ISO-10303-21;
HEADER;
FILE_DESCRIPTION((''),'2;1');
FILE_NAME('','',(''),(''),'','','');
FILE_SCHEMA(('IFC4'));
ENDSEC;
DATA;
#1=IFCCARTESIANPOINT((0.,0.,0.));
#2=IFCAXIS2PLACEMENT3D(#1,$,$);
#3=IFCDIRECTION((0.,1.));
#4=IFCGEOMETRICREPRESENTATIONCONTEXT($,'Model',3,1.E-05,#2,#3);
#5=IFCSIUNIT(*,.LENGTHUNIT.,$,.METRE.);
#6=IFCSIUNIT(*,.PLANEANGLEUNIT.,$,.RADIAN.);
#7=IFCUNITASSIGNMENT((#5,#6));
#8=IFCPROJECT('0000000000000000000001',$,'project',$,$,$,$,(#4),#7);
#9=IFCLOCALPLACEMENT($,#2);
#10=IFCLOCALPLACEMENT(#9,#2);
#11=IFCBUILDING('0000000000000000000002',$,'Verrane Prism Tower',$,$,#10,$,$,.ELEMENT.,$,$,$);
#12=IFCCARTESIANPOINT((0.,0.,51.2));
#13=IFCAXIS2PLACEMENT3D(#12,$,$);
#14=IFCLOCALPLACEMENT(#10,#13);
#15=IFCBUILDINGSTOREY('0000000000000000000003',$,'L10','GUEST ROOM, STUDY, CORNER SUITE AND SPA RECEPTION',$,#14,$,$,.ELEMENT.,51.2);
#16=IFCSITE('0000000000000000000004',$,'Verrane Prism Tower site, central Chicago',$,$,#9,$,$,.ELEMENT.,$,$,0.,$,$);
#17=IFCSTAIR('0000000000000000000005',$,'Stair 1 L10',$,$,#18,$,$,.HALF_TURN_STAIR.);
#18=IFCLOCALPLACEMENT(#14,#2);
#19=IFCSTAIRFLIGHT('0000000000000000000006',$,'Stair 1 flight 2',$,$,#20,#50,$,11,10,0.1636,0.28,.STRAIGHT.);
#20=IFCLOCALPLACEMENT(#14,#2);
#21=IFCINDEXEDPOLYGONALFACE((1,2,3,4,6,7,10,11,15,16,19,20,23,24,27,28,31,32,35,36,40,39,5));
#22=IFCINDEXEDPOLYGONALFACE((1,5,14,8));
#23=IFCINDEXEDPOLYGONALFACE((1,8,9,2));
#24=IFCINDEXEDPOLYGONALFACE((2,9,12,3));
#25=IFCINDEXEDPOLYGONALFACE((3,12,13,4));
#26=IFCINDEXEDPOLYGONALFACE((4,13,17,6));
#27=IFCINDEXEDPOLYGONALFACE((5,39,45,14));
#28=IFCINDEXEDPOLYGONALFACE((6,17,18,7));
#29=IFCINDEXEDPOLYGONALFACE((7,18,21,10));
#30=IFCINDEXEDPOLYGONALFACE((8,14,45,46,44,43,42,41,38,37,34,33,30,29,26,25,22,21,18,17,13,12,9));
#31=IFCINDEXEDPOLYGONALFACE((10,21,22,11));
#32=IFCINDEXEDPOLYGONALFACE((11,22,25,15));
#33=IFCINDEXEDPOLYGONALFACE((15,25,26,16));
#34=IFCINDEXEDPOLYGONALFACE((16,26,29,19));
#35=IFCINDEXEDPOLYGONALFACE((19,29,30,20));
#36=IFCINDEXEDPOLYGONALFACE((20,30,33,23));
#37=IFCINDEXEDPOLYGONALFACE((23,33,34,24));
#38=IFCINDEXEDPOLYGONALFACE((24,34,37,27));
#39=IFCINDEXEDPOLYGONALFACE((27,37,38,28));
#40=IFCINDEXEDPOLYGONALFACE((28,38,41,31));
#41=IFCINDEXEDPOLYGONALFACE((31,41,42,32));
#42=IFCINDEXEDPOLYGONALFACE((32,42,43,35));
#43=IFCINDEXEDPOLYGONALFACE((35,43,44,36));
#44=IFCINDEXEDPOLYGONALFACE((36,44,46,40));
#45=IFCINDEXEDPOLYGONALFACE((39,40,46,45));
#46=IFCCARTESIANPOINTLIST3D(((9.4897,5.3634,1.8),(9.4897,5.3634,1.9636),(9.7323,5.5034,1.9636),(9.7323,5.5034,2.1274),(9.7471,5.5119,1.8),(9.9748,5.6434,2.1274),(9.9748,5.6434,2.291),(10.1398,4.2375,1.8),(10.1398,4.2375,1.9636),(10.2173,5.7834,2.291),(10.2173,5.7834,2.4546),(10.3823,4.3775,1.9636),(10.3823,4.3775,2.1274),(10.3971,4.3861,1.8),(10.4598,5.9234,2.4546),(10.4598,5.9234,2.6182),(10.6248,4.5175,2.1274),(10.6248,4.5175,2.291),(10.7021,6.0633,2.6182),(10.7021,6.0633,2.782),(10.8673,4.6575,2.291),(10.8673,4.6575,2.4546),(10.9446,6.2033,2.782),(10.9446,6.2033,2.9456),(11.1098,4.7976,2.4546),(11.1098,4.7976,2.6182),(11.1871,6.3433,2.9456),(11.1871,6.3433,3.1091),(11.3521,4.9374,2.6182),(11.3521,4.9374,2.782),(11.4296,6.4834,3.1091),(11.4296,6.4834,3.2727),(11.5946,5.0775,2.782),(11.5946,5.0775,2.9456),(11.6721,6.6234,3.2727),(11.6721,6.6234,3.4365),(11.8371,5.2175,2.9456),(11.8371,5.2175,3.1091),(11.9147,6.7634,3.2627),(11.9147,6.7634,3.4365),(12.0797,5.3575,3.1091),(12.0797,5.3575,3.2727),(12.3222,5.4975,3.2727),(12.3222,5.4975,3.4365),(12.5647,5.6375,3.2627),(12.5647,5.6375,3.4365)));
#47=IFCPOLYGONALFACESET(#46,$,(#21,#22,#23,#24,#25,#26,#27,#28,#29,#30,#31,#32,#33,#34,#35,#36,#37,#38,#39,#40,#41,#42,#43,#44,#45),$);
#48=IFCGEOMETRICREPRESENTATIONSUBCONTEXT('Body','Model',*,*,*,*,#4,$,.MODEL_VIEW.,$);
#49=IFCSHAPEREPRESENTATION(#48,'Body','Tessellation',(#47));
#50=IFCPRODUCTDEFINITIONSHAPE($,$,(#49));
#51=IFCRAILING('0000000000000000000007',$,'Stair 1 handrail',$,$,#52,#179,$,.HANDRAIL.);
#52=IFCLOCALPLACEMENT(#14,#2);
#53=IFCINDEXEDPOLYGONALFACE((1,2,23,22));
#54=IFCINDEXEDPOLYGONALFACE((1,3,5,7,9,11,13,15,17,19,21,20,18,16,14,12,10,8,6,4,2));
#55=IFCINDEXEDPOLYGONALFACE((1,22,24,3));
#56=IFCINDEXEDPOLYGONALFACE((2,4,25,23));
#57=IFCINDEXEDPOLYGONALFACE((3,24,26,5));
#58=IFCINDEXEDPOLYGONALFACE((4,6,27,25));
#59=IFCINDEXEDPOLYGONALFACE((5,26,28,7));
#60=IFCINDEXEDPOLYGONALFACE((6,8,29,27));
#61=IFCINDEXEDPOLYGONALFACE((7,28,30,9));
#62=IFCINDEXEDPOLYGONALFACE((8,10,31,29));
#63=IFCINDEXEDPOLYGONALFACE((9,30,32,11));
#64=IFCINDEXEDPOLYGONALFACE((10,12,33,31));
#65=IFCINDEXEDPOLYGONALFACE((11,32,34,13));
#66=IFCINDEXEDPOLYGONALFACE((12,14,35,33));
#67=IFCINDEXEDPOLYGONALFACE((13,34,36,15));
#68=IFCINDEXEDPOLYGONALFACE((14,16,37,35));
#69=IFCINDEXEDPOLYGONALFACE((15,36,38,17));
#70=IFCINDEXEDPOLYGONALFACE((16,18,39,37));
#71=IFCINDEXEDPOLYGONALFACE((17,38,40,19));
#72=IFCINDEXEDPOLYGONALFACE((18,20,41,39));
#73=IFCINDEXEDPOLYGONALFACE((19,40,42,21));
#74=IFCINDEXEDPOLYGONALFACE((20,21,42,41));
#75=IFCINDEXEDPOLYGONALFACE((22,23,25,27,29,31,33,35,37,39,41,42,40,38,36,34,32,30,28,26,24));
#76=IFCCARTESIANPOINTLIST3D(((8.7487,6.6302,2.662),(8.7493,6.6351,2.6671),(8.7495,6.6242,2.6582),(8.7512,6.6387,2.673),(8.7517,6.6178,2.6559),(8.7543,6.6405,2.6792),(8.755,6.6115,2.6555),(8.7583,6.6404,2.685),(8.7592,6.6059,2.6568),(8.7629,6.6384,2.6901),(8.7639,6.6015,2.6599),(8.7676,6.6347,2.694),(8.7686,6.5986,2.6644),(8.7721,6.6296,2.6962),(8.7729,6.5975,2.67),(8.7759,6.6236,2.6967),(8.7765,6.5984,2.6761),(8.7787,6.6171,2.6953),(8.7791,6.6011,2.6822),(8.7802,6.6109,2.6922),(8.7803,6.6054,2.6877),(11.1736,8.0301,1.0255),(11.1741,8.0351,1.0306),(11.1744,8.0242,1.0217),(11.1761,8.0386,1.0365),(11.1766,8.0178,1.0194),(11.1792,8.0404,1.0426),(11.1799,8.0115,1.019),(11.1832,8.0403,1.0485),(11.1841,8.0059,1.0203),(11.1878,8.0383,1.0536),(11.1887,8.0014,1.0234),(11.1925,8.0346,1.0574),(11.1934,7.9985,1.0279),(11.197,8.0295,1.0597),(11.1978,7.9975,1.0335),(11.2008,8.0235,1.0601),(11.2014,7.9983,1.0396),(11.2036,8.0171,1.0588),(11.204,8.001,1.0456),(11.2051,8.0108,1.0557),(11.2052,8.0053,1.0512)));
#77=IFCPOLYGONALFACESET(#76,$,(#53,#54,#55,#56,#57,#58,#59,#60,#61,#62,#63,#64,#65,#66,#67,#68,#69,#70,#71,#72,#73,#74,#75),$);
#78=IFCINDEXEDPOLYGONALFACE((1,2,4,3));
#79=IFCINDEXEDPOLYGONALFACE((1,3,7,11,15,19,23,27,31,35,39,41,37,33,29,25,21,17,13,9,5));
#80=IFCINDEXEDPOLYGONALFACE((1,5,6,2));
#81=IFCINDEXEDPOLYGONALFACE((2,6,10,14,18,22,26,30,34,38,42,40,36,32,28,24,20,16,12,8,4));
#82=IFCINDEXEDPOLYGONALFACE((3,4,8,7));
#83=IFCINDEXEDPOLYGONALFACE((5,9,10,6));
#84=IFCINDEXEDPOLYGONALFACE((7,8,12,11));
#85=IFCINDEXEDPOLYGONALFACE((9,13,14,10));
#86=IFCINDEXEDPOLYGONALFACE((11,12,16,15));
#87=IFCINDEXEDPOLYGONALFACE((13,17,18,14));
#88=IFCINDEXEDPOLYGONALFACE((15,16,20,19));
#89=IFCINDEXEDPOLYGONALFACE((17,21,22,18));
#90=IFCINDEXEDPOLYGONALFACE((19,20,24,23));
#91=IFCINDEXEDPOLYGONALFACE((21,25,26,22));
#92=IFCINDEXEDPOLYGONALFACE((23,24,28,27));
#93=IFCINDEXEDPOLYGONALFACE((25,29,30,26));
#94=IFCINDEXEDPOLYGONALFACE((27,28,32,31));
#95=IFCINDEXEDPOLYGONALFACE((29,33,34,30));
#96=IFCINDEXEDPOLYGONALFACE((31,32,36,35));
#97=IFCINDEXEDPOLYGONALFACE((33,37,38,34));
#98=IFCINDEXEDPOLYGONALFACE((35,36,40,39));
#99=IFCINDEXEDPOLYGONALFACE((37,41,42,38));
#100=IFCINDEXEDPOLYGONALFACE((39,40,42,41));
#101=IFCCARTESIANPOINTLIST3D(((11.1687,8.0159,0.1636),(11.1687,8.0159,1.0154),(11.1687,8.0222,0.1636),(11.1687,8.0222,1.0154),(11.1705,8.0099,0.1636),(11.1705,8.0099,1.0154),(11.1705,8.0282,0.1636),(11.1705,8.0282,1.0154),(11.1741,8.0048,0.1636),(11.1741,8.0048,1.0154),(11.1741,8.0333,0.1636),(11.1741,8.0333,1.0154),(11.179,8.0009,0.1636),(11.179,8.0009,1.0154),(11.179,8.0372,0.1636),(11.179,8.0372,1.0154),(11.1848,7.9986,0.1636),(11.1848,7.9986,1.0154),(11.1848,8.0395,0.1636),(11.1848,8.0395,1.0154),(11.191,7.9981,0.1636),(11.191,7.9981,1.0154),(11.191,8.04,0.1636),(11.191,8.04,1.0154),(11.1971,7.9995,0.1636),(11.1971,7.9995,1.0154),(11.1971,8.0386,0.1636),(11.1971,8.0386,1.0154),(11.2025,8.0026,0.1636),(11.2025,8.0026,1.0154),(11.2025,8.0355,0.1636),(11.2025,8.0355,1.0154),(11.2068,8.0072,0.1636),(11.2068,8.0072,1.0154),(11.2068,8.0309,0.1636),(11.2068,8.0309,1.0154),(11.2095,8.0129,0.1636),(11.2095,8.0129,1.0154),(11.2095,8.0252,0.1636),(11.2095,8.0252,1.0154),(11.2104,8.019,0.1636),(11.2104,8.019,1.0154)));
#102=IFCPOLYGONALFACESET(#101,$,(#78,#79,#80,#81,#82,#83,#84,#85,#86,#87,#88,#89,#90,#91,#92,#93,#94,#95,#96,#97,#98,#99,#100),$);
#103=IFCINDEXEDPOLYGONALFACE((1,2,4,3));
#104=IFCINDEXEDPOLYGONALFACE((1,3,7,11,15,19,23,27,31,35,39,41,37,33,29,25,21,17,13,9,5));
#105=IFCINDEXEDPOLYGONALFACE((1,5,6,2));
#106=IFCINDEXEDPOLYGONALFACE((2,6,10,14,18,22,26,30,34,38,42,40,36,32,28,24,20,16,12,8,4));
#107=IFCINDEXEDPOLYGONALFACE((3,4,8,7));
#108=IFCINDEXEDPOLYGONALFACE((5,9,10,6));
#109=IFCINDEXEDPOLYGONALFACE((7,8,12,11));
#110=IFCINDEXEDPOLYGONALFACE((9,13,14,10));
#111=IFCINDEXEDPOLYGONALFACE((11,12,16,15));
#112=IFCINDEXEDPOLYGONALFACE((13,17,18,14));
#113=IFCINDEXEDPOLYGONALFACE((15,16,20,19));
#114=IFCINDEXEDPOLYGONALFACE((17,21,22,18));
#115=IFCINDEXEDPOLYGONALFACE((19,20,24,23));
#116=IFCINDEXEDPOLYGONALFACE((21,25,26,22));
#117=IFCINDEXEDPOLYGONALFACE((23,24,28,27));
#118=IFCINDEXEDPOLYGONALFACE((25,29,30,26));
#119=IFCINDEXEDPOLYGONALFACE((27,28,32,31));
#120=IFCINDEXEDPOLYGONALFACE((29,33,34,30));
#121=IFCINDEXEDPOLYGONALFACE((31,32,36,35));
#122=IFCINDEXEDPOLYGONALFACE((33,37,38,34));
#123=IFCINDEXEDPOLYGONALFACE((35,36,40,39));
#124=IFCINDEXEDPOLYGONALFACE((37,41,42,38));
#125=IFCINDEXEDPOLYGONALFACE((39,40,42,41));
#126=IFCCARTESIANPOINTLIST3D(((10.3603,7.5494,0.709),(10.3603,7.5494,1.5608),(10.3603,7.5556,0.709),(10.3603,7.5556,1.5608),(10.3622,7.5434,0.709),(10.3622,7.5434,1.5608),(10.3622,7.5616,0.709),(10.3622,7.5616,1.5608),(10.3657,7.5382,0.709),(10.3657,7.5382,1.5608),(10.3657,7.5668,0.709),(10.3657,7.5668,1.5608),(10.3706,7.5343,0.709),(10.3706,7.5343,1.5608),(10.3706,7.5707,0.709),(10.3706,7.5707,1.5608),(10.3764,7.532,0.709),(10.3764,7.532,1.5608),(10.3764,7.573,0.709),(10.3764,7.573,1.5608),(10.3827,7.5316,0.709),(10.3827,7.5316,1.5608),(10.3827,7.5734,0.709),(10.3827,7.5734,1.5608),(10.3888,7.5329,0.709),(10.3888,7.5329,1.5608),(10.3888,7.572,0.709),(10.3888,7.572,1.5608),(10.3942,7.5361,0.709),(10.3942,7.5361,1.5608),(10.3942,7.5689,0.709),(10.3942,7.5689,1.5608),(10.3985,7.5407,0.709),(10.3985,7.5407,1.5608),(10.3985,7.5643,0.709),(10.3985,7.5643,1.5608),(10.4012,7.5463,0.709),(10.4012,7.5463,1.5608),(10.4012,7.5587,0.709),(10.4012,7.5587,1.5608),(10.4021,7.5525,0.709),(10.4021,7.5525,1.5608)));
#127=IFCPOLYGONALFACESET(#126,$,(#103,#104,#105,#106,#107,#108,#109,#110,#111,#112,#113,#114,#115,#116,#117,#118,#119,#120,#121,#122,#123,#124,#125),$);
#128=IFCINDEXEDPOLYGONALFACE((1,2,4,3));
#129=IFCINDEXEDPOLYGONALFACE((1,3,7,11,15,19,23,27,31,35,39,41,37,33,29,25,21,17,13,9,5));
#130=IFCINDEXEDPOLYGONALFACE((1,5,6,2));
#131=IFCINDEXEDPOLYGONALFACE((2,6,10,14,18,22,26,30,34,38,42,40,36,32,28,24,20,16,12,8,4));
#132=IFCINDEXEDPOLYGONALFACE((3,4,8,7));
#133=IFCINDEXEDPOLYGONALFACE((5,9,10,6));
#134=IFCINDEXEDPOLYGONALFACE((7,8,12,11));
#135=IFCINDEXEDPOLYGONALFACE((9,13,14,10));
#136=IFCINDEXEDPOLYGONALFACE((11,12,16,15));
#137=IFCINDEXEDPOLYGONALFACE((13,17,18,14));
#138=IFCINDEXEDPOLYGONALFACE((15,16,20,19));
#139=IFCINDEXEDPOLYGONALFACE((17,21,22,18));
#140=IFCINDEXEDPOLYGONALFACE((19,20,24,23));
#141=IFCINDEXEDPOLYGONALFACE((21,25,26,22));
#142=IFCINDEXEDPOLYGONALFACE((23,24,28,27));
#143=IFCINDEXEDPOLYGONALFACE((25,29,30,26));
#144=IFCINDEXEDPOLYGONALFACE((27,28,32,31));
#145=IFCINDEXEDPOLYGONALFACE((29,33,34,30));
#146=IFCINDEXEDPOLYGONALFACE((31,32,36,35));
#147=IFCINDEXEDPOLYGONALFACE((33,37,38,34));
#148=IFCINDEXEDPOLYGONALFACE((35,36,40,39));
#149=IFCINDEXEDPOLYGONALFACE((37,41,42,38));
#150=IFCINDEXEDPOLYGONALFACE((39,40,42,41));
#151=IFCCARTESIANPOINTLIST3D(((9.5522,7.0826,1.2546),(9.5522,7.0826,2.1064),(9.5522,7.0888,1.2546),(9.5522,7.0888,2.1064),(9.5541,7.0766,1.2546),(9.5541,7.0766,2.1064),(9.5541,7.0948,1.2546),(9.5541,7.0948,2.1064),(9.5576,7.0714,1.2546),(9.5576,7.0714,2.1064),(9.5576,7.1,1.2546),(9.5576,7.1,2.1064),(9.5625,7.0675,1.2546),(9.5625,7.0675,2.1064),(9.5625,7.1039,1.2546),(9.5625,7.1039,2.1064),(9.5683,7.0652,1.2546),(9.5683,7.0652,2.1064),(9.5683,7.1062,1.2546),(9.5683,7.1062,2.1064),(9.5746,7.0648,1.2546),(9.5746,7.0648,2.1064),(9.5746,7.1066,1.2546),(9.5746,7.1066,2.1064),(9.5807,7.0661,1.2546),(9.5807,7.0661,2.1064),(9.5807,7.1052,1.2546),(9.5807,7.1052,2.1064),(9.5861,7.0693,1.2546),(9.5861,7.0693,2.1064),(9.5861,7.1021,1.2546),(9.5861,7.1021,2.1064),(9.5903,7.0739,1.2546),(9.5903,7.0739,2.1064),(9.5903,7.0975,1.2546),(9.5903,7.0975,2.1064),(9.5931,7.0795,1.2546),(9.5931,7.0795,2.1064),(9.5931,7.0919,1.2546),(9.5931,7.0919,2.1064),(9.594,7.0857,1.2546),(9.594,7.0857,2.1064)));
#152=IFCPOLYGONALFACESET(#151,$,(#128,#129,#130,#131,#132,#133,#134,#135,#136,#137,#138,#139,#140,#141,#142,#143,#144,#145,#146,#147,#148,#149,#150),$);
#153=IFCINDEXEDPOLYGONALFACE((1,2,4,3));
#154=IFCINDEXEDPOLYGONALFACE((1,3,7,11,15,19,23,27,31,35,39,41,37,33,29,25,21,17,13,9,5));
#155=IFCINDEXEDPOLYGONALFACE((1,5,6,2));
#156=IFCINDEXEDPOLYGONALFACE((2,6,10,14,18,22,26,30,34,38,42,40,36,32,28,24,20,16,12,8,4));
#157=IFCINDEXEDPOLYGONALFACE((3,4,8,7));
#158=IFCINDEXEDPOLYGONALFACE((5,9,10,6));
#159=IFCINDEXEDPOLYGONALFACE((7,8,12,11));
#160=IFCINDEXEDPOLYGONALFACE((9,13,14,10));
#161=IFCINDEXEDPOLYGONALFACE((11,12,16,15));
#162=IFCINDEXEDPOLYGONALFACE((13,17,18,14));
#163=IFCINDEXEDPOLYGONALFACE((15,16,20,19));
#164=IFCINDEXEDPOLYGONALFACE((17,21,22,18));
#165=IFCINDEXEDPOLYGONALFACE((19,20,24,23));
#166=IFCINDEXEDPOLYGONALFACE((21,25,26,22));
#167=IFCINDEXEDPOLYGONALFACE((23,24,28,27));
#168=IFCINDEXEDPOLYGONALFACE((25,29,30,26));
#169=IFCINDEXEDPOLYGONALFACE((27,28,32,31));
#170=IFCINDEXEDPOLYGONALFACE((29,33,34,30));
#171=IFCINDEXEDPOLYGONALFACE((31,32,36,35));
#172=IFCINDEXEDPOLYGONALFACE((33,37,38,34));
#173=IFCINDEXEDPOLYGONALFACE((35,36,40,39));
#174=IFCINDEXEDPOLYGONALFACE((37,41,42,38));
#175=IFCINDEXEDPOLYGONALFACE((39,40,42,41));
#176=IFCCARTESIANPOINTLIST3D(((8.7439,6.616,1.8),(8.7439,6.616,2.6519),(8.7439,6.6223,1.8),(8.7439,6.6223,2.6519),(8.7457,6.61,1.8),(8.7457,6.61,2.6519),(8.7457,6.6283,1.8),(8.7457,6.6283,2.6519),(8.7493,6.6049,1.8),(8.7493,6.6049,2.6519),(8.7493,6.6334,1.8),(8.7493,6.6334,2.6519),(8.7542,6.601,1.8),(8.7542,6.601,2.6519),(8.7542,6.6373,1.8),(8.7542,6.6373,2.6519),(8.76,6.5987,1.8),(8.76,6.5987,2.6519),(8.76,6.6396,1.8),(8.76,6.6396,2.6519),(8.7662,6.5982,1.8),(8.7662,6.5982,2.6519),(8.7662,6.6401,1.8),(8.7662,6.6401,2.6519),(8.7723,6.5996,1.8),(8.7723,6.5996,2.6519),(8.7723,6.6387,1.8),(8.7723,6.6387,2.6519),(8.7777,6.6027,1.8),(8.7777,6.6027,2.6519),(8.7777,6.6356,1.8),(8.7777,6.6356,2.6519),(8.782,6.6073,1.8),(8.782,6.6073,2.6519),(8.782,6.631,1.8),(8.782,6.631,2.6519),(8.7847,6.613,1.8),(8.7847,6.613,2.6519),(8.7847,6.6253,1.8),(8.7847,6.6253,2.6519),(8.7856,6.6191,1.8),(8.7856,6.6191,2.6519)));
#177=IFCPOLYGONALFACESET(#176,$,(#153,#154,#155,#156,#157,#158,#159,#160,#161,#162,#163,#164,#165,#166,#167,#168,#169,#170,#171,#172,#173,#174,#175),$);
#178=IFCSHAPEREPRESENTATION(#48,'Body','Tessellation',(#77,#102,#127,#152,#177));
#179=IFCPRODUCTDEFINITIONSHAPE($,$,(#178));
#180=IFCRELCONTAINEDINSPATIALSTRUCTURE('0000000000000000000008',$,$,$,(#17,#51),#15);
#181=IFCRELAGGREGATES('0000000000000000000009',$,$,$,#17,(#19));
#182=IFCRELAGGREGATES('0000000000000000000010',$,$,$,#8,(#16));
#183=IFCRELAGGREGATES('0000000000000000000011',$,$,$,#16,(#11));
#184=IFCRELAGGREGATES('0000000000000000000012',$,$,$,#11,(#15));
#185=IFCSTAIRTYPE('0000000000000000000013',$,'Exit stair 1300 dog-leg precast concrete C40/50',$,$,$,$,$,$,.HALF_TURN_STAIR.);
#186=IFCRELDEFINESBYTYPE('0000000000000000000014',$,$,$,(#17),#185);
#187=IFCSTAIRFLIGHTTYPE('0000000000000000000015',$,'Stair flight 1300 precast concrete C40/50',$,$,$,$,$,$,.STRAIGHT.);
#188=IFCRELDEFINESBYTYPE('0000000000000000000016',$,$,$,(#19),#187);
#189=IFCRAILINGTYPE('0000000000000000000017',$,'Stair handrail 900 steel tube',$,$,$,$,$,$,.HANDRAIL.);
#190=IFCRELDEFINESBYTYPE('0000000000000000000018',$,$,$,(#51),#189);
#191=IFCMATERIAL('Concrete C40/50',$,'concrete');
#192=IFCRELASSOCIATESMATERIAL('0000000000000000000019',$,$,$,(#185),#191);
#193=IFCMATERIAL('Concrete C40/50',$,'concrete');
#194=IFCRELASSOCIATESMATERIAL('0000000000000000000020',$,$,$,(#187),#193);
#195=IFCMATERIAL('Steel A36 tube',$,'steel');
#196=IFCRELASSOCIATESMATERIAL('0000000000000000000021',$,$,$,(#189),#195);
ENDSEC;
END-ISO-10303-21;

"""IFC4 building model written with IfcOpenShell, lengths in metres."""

from ifc_helpers import new_model, si_unit, direction, frame, origin, origin_2d, place, context, subcontext, project, spatial, polyline, circle, outline, extrude, material, type_object, element, aggregate, save


model = new_model("IFC4")

# Units and contexts
model_context = context("Model", 3, precision=1e-05, world=origin(), true_north=direction((0.0, 1.0)))
body_context = subcontext(model_context, "Body", "Model", "MODEL_VIEW")
ifc_project = project(units=[si_unit("LENGTHUNIT", "METRE"), si_unit("PLANEANGLEUNIT", "RADIAN")], contexts=[model_context])

# Site, building, storey
site_placement = place(None, origin())
site = spatial("IfcSite", under=ifc_project, at=site_placement, Name="Verrane Prism Tower site, central Chicago", CompositionType="ELEMENT", RefElevation=0.0)
building_placement = place(site_placement, origin())
building = spatial("IfcBuilding", under=site, at=building_placement, Name="Verrane Prism Tower", CompositionType="ELEMENT")
storey_placement = place(building_placement, frame((0.0, 0.0, 51.2)))
storey = spatial("IfcBuildingStorey", under=building, at=storey_placement, Name="L10", Description="GUEST ROOM, STUDY, CORNER SUITE AND SPA RECEPTION", CompositionType="ELEMENT", Elevation=51.2)

# Stair, stair flight
ifc_material_1 = material(Name="Concrete C40/50", Category="concrete")
stair_type = type_object("IfcStairType", Name="Exit stair 1300 dog-leg precast concrete C40/50", PredefinedType="HALF_TURN_STAIR", material=ifc_material_1)
stair_placement = place(storey_placement, origin())
stair = element("IfcStair", 1, at=stair_placement, inside=storey, type_object=stair_type, Name="Stair 1 L10", PredefinedType="HALF_TURN_STAIR")
ifc_material_2 = material(Name="Concrete C40/50", Category="concrete")
stair_flight_type = type_object("IfcStairFlightType", Name="Stair flight 1300 precast concrete C40/50", PredefinedType="STRAIGHT", material=ifc_material_2)
stair_flight_1_placement = place(storey_placement, frame((9.8147, 4.8005, 1.8), z_axis=(0.0, 0.0, 1.0), x_axis=(0.866025, 0.5, 0.0)))
stair_flight_1 = element("IfcStairFlight", 2, at=stair_flight_1_placement, type_object=stair_flight_type, Name="Stair 1 flight 2", NumberOfRisers=11, NumberOfTreads=10, PredefinedType="STRAIGHT", RiserHeight=0.1636, TreadLength=0.28, context=body_context, shape_type="SweptSolid", body=[
    extrude(outline(polyline([(0.0, 0.0), (0.0, 0.1636), (0.28, 0.1636), (0.28, 0.3274), (0.5601, 0.3274), (0.5601, 0.491), (0.8401, 0.491), (0.8401, 0.6545), (1.1201, 0.6545), (1.1201, 0.8181), (1.3999, 0.8181), (1.3999, 0.9819), (1.6799, 0.9819), (1.6799, 1.1455), (1.96, 1.1455), (1.96, 1.3091), (2.24, 1.3091), (2.24, 1.4727), (2.52, 1.4727), (2.52, 1.6365), (2.8, 1.6365), (2.8, 1.8), (2.8, 1.4626), (0.2971, 0.0), (0.0, 0.0)])), frame((0.0, 0.6499, 0.0), z_axis=(0.0, -1.0, 0.0), x_axis=(1.0, 0.0, 0.0)), (0.0, 0.0, 1.0), 1.3),
])
aggregate(stair, [stair_flight_1])

# Railing
ifc_material_3 = material(Name="Steel A36 tube", Category="steel")
railing_type_1 = type_object("IfcRailingType", Name="Stair handrail 900 steel tube", PredefinedType="HANDRAIL", material=ifc_material_3)
railing_1_placement = place(storey_placement, frame((11.1895, 8.019, 0.1636)))
element("IfcRailing", 3, at=railing_1_placement, inside=storey, type_object=railing_type_1, Name="Stair 1 handrail", PredefinedType="HANDRAIL", context=body_context, shape_type="SweptSolid", body=[
    extrude(circle(Radius=0.0239, at=origin_2d()), frame((0.0, 0.0, 0.876), z_axis=(-0.74769, -0.431661, 0.504608), x_axis=(0.499984, -0.866035, 0.0)), (0.0, 0.0, 1.0), 3.2432),
    extrude(circle(Radius=0.021, at=origin_2d()), origin(), (0.0, 0.0, 1.0), 0.8518),
    extrude(circle(Radius=0.021, at=origin_2d()), frame((-0.8083, -0.4666, 0.5454)), (0.0, 0.0, 1.0), 0.8518),
    extrude(circle(Radius=0.021, at=origin_2d()), frame((-1.6165, -0.9333, 1.0911)), (0.0, 0.0, 1.0), 0.8518),
    extrude(circle(Radius=0.021, at=origin_2d()), frame((-2.4248, -1.3999, 1.6365)), (0.0, 0.0, 1.0), 0.8518),
])

save(model, "model.ifc")
